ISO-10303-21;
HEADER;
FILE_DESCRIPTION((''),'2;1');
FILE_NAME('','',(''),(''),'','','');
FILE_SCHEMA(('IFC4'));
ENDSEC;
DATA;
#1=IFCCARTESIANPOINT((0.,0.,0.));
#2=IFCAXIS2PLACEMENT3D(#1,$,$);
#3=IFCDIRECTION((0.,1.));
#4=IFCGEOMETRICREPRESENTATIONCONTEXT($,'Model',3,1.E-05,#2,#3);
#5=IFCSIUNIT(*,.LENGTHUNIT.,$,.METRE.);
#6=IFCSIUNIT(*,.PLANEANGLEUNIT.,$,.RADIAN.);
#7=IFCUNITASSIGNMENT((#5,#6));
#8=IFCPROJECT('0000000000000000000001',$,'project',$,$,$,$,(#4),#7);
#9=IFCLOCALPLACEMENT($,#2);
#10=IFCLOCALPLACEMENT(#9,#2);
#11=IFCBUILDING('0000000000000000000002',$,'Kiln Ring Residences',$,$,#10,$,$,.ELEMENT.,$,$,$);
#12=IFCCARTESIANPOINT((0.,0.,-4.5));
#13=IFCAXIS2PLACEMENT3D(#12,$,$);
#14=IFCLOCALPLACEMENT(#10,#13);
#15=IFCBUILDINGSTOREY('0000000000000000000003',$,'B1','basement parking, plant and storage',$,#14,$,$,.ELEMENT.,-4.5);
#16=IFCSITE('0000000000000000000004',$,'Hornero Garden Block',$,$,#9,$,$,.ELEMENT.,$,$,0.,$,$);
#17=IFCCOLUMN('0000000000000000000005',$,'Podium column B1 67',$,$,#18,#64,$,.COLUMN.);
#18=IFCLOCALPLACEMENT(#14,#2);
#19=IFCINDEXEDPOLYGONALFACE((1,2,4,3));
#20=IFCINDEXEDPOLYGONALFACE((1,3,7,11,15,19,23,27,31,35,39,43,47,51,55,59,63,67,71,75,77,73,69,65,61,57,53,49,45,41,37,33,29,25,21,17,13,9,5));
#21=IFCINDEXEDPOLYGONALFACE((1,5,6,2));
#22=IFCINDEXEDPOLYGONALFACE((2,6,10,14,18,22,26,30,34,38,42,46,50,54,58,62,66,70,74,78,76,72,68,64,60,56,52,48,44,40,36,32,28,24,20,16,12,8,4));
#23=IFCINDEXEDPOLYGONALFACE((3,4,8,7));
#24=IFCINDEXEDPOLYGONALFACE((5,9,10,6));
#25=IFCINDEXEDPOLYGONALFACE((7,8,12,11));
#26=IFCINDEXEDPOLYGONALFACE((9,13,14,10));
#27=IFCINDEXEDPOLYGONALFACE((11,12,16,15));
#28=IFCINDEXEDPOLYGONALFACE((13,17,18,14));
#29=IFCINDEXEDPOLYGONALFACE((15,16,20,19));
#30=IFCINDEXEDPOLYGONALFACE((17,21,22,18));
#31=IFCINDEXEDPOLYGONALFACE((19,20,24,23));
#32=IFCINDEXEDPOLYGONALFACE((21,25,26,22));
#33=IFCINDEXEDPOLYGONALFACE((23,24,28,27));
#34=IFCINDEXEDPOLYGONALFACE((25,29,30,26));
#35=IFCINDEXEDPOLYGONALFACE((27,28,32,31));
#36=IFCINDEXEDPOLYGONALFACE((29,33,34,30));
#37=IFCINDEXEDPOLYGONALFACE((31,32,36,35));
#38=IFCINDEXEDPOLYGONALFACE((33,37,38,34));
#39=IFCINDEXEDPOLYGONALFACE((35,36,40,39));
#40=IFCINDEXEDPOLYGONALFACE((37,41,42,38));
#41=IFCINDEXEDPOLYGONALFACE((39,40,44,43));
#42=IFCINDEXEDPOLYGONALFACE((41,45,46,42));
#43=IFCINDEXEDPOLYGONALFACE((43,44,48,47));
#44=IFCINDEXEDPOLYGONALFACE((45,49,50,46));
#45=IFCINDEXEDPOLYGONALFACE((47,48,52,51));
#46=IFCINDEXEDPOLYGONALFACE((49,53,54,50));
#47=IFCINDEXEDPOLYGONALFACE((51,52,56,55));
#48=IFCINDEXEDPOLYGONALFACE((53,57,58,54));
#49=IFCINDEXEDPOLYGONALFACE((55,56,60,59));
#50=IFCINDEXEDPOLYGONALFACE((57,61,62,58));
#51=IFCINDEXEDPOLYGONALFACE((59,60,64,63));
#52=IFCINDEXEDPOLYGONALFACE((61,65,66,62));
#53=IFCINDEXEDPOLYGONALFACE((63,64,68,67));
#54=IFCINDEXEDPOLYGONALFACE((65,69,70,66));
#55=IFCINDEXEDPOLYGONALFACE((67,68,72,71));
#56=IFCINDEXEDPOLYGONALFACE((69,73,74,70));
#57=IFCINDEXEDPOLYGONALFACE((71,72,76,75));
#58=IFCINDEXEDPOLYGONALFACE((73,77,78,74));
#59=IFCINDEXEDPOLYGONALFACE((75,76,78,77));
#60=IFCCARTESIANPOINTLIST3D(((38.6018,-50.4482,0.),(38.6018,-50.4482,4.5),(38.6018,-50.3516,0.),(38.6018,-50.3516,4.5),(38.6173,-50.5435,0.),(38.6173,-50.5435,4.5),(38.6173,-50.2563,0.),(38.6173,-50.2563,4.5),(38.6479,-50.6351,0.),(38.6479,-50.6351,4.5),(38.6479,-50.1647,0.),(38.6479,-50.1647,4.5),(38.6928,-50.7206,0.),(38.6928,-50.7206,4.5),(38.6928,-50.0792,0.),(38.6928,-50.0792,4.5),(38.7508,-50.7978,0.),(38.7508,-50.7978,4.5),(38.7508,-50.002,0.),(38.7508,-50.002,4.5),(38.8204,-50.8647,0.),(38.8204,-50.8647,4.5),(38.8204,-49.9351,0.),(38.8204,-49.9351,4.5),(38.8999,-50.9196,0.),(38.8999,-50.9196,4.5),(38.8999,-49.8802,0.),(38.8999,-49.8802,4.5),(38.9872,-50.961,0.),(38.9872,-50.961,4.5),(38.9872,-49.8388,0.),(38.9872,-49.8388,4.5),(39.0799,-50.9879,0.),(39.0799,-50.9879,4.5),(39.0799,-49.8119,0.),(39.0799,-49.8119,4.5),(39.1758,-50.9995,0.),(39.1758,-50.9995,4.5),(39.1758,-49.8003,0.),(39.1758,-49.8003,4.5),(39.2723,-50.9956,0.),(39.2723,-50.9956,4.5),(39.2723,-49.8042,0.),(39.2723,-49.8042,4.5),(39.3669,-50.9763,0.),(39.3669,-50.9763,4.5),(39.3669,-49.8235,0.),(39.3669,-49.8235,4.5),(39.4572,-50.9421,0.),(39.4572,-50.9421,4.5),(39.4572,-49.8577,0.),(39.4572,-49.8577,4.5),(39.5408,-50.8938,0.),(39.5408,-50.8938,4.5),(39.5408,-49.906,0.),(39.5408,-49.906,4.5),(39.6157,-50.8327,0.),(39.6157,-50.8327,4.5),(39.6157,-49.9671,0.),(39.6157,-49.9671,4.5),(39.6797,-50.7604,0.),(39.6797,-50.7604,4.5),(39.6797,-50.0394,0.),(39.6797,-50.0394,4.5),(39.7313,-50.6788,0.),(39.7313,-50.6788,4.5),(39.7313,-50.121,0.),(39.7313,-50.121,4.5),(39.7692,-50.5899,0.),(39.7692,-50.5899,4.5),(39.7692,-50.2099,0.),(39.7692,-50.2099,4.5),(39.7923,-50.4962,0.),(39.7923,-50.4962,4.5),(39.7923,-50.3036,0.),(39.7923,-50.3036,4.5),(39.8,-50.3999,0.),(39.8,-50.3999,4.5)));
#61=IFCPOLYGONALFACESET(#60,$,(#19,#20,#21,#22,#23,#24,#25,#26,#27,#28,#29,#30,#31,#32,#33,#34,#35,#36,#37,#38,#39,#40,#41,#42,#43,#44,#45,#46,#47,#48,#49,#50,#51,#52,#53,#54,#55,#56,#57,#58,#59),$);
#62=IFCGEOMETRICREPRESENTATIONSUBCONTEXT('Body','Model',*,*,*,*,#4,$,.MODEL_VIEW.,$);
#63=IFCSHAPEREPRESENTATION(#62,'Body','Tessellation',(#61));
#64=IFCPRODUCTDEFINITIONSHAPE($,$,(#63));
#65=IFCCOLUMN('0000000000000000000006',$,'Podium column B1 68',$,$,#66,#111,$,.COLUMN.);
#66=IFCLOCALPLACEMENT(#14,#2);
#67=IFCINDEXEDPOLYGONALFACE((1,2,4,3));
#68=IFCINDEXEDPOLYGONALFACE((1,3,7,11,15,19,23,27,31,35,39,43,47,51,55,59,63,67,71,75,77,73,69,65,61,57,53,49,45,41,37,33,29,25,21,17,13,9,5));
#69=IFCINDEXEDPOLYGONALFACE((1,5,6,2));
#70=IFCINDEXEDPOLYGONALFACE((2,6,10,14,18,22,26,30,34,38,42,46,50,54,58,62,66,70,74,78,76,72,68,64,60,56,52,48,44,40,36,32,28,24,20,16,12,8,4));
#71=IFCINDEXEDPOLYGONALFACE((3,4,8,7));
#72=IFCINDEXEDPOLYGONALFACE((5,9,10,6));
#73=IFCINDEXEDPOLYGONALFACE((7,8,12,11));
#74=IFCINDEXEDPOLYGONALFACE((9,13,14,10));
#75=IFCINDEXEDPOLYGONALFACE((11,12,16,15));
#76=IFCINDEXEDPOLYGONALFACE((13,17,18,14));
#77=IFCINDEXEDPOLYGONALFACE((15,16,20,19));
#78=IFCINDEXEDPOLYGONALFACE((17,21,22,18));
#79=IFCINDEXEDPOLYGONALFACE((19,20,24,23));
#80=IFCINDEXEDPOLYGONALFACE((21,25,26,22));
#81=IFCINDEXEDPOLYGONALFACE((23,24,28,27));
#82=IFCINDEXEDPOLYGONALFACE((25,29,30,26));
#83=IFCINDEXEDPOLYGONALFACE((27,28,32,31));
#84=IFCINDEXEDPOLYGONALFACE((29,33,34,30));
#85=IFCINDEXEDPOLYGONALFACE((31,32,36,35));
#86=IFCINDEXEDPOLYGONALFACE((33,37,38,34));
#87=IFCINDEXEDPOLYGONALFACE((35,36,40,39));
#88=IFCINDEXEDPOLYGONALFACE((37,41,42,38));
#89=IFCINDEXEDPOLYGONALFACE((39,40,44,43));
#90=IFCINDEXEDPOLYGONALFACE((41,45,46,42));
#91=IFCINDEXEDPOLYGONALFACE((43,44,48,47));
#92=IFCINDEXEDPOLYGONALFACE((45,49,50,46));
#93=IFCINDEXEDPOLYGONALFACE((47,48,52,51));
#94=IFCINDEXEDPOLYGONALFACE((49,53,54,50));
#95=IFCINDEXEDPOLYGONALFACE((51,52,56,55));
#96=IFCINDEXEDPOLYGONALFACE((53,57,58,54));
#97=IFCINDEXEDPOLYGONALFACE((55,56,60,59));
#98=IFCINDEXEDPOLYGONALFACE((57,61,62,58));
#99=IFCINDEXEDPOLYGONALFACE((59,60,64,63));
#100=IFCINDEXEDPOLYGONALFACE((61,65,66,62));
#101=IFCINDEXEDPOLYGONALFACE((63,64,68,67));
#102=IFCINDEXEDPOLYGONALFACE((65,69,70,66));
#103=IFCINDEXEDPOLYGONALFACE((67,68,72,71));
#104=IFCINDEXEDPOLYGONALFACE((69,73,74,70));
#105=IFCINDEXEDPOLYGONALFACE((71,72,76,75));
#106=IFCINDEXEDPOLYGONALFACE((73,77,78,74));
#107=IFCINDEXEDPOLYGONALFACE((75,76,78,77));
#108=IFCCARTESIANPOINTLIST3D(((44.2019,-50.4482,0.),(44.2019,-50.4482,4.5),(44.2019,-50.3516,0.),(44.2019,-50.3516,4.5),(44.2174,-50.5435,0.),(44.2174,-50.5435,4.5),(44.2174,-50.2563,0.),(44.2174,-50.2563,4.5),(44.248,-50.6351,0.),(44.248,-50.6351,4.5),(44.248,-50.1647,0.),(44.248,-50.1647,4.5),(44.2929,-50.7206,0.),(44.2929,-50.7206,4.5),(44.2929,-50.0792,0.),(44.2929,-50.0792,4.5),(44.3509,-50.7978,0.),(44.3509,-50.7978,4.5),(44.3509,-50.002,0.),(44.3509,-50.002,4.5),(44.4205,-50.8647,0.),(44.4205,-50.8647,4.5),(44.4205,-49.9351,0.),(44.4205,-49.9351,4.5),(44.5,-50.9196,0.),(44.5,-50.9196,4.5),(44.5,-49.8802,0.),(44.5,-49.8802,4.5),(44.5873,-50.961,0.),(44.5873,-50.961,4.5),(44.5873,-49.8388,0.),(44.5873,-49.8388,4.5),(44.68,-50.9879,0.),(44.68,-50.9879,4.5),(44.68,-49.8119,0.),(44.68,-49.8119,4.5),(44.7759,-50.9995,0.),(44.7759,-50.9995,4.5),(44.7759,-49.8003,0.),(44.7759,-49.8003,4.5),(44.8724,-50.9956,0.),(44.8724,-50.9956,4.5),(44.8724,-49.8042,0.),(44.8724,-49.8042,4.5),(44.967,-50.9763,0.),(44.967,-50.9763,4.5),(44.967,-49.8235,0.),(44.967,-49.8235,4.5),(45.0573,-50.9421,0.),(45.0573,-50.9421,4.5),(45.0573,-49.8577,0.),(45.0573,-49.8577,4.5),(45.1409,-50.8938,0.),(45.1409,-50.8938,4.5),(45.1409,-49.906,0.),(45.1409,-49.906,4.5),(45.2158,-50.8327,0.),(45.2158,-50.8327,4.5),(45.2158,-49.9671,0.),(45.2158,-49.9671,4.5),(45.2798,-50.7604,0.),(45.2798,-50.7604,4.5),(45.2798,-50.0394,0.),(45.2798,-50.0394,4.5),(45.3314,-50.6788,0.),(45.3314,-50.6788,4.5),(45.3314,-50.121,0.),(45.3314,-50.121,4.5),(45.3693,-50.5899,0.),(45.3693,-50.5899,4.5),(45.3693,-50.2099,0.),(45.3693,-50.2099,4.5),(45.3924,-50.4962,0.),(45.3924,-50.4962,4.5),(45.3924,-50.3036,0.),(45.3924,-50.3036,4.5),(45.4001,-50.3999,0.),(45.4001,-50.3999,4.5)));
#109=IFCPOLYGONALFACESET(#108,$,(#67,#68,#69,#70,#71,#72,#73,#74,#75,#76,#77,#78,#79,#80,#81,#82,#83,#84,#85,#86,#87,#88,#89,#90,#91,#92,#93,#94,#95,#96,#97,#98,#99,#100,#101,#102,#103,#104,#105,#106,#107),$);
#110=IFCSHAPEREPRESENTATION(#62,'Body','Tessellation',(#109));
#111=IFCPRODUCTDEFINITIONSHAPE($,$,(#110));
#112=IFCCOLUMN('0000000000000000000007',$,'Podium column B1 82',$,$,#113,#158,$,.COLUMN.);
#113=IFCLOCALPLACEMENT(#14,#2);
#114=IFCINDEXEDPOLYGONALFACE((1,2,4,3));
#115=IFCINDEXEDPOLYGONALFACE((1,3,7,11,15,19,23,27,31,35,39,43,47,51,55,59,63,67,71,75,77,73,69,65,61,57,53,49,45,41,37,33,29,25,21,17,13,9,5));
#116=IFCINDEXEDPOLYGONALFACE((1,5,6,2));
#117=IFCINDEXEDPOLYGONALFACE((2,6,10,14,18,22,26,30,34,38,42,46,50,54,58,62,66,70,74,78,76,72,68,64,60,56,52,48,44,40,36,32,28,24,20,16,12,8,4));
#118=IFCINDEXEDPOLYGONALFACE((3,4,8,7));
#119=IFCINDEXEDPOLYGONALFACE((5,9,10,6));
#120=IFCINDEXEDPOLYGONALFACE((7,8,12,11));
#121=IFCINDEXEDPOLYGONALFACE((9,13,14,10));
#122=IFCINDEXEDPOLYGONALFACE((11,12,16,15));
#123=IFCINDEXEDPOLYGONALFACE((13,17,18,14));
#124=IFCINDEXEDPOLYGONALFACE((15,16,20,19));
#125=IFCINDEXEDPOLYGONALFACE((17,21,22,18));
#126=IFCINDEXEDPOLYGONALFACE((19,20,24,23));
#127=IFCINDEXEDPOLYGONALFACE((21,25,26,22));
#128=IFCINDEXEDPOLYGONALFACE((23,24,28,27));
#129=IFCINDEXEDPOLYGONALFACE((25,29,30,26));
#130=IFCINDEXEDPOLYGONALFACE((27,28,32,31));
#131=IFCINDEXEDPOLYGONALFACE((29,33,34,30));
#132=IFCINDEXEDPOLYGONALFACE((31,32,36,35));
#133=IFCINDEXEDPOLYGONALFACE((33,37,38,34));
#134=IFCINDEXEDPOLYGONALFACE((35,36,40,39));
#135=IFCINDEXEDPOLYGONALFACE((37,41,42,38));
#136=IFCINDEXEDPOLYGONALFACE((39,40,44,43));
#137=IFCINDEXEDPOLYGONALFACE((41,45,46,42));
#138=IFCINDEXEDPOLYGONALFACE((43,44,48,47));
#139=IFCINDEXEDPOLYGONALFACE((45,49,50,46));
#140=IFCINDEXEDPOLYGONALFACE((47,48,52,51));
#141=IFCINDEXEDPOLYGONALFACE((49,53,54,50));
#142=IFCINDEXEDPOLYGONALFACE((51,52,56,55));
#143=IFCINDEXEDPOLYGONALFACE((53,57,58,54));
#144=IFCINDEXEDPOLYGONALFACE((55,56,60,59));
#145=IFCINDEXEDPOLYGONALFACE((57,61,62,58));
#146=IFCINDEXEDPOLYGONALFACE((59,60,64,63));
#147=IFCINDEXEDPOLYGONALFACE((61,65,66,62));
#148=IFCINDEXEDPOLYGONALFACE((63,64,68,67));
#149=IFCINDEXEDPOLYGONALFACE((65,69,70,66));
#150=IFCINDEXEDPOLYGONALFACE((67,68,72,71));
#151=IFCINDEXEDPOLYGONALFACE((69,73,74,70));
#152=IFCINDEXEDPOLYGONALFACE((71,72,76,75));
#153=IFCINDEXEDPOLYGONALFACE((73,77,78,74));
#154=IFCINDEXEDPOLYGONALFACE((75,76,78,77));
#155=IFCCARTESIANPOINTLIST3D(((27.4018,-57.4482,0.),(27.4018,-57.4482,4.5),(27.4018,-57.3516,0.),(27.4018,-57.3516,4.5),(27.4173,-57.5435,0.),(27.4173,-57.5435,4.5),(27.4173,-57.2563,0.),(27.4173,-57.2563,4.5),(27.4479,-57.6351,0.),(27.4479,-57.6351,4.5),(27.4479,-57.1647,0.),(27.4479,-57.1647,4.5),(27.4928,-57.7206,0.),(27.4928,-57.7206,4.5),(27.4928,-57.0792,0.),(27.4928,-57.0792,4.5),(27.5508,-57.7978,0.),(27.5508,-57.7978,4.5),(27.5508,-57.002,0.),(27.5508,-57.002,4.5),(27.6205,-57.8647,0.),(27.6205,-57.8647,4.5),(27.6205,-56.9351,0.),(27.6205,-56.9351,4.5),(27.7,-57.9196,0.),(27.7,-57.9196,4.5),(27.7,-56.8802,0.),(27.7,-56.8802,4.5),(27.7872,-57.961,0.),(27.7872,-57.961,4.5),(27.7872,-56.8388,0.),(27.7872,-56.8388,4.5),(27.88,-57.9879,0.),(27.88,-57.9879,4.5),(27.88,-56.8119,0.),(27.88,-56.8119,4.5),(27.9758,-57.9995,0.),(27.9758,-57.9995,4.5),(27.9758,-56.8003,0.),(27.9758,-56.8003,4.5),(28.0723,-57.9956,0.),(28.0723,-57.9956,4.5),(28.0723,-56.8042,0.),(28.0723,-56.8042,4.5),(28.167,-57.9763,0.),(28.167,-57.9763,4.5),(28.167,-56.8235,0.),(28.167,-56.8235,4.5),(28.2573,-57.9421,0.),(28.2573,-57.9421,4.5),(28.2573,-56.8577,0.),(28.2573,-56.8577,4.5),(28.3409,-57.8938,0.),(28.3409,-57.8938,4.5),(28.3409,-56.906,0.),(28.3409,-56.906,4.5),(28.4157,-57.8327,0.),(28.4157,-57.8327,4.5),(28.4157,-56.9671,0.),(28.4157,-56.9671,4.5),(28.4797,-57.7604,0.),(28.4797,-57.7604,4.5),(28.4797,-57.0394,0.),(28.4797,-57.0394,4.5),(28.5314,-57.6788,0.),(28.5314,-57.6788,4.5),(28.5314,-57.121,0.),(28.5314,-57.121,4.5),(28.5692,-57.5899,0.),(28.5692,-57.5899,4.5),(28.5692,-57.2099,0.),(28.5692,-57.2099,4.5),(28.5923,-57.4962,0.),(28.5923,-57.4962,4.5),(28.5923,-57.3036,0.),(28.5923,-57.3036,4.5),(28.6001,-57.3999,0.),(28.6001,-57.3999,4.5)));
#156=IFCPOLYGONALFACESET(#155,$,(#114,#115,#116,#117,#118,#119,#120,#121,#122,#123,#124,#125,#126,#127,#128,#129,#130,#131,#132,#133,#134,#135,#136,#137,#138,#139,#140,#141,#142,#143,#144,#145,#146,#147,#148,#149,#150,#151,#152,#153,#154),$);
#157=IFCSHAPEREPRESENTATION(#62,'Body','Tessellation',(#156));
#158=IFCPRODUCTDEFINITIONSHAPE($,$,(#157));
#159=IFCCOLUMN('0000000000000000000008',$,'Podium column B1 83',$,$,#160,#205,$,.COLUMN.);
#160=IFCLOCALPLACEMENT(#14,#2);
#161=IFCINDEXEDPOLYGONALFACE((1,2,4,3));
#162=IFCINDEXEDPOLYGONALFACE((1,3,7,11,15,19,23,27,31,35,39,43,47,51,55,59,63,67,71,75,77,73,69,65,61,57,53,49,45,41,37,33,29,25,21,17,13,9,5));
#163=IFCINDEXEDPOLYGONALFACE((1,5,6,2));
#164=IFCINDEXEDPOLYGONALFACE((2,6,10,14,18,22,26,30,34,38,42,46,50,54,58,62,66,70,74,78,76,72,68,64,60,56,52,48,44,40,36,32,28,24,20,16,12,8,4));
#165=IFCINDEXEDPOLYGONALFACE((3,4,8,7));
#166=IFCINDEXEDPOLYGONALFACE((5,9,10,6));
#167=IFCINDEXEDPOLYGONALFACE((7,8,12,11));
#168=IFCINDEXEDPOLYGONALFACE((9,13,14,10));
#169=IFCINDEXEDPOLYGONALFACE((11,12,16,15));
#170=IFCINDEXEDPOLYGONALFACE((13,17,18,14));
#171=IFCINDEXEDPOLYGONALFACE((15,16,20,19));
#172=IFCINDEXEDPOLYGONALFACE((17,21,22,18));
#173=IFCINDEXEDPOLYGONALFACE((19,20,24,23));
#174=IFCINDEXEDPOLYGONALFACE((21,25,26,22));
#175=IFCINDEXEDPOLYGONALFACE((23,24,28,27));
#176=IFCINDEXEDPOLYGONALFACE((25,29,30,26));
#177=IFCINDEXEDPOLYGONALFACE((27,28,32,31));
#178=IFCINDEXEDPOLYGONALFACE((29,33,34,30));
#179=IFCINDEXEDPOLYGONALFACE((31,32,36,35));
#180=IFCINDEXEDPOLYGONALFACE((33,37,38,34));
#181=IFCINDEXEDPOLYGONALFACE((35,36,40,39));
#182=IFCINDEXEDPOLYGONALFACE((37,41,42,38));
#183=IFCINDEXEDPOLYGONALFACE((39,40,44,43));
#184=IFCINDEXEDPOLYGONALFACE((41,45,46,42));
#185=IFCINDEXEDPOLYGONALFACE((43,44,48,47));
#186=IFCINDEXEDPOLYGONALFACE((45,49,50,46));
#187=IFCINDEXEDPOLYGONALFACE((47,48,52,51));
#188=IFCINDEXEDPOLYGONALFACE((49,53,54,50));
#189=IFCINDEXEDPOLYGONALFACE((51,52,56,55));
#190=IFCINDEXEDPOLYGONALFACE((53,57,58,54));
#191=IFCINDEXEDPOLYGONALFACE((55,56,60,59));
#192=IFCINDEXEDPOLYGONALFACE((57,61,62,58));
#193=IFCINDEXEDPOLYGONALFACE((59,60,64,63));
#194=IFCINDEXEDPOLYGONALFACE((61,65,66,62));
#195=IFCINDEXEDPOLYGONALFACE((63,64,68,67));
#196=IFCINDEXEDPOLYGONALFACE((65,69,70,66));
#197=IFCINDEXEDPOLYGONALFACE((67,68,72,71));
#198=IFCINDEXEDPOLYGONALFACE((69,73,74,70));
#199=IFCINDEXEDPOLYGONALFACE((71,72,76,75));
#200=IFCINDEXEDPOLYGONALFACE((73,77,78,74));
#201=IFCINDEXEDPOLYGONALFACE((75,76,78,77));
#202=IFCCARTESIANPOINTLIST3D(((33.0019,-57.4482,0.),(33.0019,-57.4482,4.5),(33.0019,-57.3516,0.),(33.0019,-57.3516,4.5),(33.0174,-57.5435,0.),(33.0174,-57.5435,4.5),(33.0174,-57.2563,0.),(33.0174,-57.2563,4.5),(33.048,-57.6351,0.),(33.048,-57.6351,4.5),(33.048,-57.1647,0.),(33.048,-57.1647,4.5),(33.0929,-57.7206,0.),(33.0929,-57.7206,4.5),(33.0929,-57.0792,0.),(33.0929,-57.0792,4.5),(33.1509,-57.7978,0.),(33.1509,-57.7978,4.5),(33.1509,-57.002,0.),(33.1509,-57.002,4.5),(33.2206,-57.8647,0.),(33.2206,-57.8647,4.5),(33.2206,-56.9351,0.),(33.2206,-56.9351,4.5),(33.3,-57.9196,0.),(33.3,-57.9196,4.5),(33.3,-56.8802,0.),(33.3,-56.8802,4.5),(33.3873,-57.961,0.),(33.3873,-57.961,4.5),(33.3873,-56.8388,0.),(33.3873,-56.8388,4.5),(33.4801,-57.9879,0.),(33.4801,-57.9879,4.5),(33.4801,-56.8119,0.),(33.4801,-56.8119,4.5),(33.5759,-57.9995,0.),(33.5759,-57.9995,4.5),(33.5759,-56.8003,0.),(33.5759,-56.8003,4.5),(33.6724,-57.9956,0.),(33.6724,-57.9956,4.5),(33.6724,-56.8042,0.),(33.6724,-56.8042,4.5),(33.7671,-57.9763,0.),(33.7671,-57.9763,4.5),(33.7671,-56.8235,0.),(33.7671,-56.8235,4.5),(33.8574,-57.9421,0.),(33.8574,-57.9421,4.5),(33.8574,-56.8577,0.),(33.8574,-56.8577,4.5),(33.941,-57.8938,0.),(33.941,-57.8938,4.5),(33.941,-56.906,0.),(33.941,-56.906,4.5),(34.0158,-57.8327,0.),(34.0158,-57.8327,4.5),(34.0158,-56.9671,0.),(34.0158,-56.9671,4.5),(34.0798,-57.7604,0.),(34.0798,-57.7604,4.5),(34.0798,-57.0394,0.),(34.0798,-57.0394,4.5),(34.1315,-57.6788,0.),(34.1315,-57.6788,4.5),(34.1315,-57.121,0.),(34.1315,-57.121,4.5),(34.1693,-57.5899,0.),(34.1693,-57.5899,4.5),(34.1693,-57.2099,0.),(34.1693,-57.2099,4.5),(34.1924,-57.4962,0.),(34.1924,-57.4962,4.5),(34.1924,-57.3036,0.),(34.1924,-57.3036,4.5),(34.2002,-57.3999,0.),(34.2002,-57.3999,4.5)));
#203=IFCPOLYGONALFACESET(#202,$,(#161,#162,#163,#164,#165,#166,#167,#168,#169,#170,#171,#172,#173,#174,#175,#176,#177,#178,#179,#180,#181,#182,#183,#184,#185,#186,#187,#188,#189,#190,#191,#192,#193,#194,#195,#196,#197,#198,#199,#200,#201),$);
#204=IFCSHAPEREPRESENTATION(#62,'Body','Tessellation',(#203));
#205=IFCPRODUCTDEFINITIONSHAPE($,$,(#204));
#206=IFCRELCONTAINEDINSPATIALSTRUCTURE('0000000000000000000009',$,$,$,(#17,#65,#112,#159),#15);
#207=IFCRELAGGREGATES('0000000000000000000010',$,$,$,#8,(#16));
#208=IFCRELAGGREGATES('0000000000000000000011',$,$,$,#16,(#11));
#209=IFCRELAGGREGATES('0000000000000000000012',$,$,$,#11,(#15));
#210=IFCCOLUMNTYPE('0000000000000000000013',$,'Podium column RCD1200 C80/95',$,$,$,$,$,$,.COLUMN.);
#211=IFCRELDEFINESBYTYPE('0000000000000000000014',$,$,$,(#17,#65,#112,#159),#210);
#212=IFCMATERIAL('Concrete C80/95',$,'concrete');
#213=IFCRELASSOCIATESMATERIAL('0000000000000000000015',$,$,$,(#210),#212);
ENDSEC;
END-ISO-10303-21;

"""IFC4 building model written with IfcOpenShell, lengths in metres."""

from ifc_helpers import new_model, si_unit, direction, frame, origin, origin_2d, place, context, subcontext, project, spatial, circle, extrude, material, material_profile, profile_set, type_object, element, save


model = new_model("IFC4")

# Units and contexts
model_context = context("Model", 3, precision=1e-05, world=origin(), true_north=direction((0.0, 1.0)))
body_context = subcontext(model_context, "Body", "Model", "MODEL_VIEW")
ifc_project = project(units=[si_unit("LENGTHUNIT", "METRE"), si_unit("PLANEANGLEUNIT", "RADIAN")], contexts=[model_context])

# Site, building, storey
site_placement = place(None, origin())
site = spatial("IfcSite", under=ifc_project, at=site_placement, Name="Hornero Garden Block", CompositionType="ELEMENT", RefElevation=0.0)
building_placement = place(site_placement, origin())
building = spatial("IfcBuilding", under=site, at=building_placement, Name="Kiln Ring Residences", CompositionType="ELEMENT")
storey_placement = place(building_placement, frame((0.0, 0.0, -4.5)))
storey = spatial("IfcBuildingStorey", under=building, at=storey_placement, Name="B1", Description="basement parking, plant and storage", CompositionType="ELEMENT", Elevation=-4.5)

# Columns
ifc_material_1 = material(Name="Concrete C80/95", Category="concrete")
ifc_material_profile_1 = material_profile(ifc_material_1, circle(Radius=0.6001, at=origin_2d()), Name="RCD1200")
ifc_profile_set_1 = profile_set([ifc_material_profile_1], Name="Concrete C80/95")
column_type = type_object("IfcColumnType", Name="Podium column RCD1200 C80/95", PredefinedType="COLUMN", material=ifc_profile_set_1)
for number, where, z_axis, x_axis, name in (
    (1, (39.2, -50.3999, 0.0), (0.0, 0.0, 1.0), (1.0, 0.0, 0.0), "Podium column B1 67"),
    (2, (44.8, -50.3999, 0.0), (0.0, 0.0, 1.0), (1.0, 0.0, 0.0), "Podium column B1 68"),
    (3, (28.0, -57.3999, 0.0), (0.0, 0.0, 1.0), (1.0, 0.0, 0.0), "Podium column B1 82"),
    (4, (33.6001, -57.3999, 0.0), (0.0, 0.0, 1.0), (1.0, 0.0, 0.0), "Podium column B1 83"),
):
    element("IfcColumn", number, at=place(storey_placement, frame(where, z_axis=z_axis, x_axis=x_axis)), inside=storey, type_object=column_type, Name=name, PredefinedType="COLUMN", context=body_context, shape_type="SweptSolid", body=[
        extrude(circle(Radius=0.6001, at=origin_2d()), origin(), (0.0, 0.0, 1.0), 4.5),
    ])

save(model, "model.ifc")
